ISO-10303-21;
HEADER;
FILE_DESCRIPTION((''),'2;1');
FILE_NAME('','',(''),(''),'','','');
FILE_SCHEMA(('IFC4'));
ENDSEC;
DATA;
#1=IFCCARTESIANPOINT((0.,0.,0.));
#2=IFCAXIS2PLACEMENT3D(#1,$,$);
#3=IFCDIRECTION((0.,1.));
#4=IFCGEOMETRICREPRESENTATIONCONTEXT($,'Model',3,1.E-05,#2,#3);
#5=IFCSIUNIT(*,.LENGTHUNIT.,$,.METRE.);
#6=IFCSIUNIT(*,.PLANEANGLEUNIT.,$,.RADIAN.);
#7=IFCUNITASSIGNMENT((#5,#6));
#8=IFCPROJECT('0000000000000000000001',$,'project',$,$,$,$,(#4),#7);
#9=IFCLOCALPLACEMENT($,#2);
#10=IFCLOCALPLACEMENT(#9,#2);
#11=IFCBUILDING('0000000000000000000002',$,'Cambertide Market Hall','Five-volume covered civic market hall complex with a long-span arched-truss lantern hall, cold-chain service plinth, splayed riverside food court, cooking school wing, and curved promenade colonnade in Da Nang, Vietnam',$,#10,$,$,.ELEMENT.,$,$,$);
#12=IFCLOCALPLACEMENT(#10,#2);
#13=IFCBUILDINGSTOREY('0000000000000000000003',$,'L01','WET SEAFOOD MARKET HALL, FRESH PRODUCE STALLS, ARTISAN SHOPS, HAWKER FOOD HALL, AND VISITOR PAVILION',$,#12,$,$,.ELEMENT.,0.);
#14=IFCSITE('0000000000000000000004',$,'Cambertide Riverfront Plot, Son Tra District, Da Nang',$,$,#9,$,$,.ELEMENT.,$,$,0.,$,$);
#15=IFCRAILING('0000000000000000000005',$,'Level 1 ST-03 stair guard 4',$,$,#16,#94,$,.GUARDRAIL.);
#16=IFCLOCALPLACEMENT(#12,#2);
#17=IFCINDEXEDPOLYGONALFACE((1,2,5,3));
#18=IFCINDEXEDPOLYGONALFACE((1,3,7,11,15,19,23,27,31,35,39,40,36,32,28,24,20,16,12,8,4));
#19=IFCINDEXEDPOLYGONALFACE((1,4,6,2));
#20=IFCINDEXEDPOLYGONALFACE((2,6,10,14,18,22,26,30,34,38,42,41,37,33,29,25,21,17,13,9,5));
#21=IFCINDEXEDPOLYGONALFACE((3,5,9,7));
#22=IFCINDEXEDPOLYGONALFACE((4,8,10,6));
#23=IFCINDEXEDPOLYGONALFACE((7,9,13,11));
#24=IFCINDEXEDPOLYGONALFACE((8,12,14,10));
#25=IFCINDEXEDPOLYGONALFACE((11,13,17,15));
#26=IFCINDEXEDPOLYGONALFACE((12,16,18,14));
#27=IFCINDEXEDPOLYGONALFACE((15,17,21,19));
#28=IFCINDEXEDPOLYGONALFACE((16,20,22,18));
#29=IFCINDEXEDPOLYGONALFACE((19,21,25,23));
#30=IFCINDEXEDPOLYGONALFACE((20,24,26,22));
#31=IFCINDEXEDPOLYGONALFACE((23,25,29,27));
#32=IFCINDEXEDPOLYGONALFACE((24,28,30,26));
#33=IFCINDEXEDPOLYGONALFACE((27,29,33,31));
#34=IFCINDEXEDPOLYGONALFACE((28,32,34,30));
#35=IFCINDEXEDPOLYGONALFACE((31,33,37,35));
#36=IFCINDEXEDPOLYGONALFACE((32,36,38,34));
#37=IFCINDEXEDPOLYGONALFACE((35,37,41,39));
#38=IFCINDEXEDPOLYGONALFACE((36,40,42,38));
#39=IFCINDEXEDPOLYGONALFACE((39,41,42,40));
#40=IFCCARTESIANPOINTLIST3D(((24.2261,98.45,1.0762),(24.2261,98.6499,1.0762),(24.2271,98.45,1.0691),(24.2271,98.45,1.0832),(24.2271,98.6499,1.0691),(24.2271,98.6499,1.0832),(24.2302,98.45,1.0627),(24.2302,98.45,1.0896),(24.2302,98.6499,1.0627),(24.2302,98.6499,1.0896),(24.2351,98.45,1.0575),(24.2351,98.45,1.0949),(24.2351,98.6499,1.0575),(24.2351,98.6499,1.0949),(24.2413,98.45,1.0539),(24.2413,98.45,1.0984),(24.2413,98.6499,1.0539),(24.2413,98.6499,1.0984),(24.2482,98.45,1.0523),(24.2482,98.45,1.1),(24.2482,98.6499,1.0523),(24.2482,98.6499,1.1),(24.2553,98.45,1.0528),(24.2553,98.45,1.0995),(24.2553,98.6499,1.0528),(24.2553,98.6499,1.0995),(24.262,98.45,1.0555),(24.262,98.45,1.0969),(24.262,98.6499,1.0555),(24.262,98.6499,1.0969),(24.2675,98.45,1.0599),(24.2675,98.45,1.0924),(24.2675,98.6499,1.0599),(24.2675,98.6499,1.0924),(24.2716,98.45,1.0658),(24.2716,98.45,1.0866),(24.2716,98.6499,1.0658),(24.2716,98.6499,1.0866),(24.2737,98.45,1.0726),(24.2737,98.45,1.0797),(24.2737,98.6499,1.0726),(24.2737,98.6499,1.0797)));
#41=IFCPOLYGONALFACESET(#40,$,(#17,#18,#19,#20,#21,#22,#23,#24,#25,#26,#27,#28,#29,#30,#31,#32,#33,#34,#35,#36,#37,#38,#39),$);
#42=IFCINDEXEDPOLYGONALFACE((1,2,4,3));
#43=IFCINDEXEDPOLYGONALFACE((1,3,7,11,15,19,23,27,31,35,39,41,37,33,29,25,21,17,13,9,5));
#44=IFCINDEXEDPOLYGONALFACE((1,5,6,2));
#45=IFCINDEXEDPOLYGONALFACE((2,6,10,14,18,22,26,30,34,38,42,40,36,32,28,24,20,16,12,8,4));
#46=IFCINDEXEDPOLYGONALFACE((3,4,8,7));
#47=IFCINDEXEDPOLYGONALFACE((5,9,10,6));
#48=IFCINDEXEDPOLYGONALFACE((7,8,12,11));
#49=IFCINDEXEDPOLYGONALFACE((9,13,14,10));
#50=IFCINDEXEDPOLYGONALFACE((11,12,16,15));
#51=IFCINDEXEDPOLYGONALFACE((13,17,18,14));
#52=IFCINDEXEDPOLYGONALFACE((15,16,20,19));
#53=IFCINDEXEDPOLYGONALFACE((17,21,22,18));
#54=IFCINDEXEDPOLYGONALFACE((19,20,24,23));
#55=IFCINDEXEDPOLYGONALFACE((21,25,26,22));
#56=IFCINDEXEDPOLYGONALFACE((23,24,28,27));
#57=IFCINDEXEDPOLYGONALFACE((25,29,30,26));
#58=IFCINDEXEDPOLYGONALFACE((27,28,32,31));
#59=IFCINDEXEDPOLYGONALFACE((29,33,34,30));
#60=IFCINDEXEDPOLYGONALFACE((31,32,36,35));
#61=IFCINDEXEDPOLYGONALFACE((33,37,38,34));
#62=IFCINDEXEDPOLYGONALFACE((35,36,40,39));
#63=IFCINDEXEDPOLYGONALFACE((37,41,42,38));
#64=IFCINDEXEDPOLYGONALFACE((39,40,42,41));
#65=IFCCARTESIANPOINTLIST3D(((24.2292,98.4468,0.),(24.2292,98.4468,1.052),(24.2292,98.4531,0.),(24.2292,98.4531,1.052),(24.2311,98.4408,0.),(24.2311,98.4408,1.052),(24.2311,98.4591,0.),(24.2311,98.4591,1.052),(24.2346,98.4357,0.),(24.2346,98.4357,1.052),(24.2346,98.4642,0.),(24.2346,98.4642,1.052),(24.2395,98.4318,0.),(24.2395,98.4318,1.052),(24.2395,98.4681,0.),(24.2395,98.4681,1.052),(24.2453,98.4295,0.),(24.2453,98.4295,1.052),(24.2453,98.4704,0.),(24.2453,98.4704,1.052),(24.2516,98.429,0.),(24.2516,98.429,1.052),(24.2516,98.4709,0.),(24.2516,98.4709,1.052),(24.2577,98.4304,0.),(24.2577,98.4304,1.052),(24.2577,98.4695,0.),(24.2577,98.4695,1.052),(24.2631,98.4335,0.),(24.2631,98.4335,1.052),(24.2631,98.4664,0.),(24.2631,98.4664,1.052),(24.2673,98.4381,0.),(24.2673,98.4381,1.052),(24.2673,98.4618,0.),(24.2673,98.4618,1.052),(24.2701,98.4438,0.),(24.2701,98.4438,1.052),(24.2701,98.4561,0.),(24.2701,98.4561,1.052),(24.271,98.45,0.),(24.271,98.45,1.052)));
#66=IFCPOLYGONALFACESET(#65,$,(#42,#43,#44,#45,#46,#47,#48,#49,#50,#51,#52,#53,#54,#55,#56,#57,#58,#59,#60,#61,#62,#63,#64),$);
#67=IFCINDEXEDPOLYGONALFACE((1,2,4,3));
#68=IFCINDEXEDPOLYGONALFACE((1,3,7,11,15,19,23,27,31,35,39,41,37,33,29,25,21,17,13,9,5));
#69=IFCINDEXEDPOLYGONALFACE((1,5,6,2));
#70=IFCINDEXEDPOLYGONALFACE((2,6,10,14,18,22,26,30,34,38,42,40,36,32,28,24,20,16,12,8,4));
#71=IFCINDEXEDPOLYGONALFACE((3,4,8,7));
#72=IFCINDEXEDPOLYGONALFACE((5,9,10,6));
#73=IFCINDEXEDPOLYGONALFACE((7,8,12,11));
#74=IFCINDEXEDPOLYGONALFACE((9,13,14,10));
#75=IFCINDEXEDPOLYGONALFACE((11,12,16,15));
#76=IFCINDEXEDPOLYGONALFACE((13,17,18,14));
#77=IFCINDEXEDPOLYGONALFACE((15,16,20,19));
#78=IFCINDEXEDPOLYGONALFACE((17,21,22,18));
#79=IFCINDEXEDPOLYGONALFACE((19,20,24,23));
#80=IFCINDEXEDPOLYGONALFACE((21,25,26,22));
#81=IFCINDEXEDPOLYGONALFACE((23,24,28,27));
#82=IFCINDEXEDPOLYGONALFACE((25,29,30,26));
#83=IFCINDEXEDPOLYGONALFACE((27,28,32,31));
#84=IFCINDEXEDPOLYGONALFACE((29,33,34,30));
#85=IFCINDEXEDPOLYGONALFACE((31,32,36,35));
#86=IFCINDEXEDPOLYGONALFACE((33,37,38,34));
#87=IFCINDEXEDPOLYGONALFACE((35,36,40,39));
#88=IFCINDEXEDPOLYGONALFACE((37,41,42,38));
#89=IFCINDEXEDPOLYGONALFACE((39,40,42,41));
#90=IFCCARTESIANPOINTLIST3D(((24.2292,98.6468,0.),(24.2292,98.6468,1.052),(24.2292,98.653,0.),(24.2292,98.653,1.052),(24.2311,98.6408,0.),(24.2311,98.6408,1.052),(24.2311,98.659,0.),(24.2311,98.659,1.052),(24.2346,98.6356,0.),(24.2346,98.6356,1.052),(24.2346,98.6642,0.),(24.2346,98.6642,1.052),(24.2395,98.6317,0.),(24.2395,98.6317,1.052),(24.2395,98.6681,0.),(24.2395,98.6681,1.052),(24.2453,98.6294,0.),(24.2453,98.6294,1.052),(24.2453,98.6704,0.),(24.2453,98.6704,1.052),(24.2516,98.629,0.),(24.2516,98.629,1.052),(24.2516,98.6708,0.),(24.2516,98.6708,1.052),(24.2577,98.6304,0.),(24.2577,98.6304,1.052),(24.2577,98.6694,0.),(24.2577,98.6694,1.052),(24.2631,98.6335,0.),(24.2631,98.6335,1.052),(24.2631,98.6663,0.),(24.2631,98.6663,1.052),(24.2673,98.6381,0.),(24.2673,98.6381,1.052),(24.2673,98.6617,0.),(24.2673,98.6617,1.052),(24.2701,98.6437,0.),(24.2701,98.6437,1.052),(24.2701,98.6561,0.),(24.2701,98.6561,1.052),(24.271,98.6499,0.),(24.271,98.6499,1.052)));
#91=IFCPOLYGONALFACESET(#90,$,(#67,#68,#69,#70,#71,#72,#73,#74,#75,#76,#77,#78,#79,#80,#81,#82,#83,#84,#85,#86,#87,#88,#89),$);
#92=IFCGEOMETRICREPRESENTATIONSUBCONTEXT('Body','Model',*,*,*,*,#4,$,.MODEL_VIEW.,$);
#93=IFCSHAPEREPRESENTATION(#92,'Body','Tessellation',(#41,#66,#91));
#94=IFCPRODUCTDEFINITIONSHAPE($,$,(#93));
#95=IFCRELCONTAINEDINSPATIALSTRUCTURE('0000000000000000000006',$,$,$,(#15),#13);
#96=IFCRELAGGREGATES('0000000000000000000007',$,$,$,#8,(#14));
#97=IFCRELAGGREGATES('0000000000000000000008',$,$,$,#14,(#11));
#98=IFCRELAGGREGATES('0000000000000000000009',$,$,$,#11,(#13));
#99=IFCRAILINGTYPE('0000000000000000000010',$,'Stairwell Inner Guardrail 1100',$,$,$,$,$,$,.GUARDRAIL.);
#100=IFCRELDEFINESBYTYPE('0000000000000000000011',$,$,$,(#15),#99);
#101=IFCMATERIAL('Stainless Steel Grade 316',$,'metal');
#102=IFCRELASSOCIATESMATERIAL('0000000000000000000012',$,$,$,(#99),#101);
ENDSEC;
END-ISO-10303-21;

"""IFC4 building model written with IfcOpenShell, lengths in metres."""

from ifc_helpers import new_model, si_unit, direction, frame, origin, origin_2d, place, context, subcontext, project, spatial, circle, extrude, material, type_object, element, save


model = new_model("IFC4")

# Units and contexts
model_context = context("Model", 3, precision=1e-05, world=origin(), true_north=direction((0.0, 1.0)))
body_context = subcontext(model_context, "Body", "Model", "MODEL_VIEW")
ifc_project = project(units=[si_unit("LENGTHUNIT", "METRE"), si_unit("PLANEANGLEUNIT", "RADIAN")], contexts=[model_context])

# Site, building, storey
site_placement = place(None, origin())
site = spatial("IfcSite", under=ifc_project, at=site_placement, Name="Cambertide Riverfront Plot, Son Tra District, Da Nang", CompositionType="ELEMENT", RefElevation=0.0)
building_placement = place(site_placement, origin())
building = spatial("IfcBuilding", under=site, at=building_placement, Name="Cambertide Market Hall", Description="Five-volume covered civic market hall complex with a long-span arched-truss lantern hall, cold-chain service plinth, splayed riverside food court, cooking school wing, and curved promenade colonnade in Da Nang, Vietnam", CompositionType="ELEMENT")
storey_placement = place(building_placement, origin())
storey = spatial("IfcBuildingStorey", under=building, at=storey_placement, Name="L01", Description="WET SEAFOOD MARKET HALL, FRESH PRODUCE STALLS, ARTISAN SHOPS, HAWKER FOOD HALL, AND VISITOR PAVILION", CompositionType="ELEMENT", Elevation=0.0)

# Railing
ifc_material_1 = material(Name="Stainless Steel Grade 316", Category="metal")
railing_type_1 = type_object("IfcRailingType", Name="Stairwell Inner Guardrail 1100", PredefinedType="GUARDRAIL", material=ifc_material_1)
railing_1_placement = place(storey_placement, frame((24.25, 98.45, 0.0)))
element("IfcRailing", 1, at=railing_1_placement, inside=storey, type_object=railing_type_1, Name="Level 1 ST-03 stair guard 4", PredefinedType="GUARDRAIL", context=body_context, shape_type="SweptSolid", body=[
    extrude(circle(Radius=0.0239, at=origin_2d()), frame((0.0, 0.0, 1.0762), z_axis=(0.0, 1.0, 0.0), x_axis=(-1.0, 0.0, 0.0)), (0.0, 0.0, 1.0), 0.2),
    extrude(circle(Radius=0.021, at=origin_2d()), origin(), (0.0, 0.0, 1.0), 1.052),
    extrude(circle(Radius=0.021, at=origin_2d()), frame((0.0, 0.2, 0.0)), (0.0, 0.0, 1.0), 1.052),
])

save(model, "model.ifc")
